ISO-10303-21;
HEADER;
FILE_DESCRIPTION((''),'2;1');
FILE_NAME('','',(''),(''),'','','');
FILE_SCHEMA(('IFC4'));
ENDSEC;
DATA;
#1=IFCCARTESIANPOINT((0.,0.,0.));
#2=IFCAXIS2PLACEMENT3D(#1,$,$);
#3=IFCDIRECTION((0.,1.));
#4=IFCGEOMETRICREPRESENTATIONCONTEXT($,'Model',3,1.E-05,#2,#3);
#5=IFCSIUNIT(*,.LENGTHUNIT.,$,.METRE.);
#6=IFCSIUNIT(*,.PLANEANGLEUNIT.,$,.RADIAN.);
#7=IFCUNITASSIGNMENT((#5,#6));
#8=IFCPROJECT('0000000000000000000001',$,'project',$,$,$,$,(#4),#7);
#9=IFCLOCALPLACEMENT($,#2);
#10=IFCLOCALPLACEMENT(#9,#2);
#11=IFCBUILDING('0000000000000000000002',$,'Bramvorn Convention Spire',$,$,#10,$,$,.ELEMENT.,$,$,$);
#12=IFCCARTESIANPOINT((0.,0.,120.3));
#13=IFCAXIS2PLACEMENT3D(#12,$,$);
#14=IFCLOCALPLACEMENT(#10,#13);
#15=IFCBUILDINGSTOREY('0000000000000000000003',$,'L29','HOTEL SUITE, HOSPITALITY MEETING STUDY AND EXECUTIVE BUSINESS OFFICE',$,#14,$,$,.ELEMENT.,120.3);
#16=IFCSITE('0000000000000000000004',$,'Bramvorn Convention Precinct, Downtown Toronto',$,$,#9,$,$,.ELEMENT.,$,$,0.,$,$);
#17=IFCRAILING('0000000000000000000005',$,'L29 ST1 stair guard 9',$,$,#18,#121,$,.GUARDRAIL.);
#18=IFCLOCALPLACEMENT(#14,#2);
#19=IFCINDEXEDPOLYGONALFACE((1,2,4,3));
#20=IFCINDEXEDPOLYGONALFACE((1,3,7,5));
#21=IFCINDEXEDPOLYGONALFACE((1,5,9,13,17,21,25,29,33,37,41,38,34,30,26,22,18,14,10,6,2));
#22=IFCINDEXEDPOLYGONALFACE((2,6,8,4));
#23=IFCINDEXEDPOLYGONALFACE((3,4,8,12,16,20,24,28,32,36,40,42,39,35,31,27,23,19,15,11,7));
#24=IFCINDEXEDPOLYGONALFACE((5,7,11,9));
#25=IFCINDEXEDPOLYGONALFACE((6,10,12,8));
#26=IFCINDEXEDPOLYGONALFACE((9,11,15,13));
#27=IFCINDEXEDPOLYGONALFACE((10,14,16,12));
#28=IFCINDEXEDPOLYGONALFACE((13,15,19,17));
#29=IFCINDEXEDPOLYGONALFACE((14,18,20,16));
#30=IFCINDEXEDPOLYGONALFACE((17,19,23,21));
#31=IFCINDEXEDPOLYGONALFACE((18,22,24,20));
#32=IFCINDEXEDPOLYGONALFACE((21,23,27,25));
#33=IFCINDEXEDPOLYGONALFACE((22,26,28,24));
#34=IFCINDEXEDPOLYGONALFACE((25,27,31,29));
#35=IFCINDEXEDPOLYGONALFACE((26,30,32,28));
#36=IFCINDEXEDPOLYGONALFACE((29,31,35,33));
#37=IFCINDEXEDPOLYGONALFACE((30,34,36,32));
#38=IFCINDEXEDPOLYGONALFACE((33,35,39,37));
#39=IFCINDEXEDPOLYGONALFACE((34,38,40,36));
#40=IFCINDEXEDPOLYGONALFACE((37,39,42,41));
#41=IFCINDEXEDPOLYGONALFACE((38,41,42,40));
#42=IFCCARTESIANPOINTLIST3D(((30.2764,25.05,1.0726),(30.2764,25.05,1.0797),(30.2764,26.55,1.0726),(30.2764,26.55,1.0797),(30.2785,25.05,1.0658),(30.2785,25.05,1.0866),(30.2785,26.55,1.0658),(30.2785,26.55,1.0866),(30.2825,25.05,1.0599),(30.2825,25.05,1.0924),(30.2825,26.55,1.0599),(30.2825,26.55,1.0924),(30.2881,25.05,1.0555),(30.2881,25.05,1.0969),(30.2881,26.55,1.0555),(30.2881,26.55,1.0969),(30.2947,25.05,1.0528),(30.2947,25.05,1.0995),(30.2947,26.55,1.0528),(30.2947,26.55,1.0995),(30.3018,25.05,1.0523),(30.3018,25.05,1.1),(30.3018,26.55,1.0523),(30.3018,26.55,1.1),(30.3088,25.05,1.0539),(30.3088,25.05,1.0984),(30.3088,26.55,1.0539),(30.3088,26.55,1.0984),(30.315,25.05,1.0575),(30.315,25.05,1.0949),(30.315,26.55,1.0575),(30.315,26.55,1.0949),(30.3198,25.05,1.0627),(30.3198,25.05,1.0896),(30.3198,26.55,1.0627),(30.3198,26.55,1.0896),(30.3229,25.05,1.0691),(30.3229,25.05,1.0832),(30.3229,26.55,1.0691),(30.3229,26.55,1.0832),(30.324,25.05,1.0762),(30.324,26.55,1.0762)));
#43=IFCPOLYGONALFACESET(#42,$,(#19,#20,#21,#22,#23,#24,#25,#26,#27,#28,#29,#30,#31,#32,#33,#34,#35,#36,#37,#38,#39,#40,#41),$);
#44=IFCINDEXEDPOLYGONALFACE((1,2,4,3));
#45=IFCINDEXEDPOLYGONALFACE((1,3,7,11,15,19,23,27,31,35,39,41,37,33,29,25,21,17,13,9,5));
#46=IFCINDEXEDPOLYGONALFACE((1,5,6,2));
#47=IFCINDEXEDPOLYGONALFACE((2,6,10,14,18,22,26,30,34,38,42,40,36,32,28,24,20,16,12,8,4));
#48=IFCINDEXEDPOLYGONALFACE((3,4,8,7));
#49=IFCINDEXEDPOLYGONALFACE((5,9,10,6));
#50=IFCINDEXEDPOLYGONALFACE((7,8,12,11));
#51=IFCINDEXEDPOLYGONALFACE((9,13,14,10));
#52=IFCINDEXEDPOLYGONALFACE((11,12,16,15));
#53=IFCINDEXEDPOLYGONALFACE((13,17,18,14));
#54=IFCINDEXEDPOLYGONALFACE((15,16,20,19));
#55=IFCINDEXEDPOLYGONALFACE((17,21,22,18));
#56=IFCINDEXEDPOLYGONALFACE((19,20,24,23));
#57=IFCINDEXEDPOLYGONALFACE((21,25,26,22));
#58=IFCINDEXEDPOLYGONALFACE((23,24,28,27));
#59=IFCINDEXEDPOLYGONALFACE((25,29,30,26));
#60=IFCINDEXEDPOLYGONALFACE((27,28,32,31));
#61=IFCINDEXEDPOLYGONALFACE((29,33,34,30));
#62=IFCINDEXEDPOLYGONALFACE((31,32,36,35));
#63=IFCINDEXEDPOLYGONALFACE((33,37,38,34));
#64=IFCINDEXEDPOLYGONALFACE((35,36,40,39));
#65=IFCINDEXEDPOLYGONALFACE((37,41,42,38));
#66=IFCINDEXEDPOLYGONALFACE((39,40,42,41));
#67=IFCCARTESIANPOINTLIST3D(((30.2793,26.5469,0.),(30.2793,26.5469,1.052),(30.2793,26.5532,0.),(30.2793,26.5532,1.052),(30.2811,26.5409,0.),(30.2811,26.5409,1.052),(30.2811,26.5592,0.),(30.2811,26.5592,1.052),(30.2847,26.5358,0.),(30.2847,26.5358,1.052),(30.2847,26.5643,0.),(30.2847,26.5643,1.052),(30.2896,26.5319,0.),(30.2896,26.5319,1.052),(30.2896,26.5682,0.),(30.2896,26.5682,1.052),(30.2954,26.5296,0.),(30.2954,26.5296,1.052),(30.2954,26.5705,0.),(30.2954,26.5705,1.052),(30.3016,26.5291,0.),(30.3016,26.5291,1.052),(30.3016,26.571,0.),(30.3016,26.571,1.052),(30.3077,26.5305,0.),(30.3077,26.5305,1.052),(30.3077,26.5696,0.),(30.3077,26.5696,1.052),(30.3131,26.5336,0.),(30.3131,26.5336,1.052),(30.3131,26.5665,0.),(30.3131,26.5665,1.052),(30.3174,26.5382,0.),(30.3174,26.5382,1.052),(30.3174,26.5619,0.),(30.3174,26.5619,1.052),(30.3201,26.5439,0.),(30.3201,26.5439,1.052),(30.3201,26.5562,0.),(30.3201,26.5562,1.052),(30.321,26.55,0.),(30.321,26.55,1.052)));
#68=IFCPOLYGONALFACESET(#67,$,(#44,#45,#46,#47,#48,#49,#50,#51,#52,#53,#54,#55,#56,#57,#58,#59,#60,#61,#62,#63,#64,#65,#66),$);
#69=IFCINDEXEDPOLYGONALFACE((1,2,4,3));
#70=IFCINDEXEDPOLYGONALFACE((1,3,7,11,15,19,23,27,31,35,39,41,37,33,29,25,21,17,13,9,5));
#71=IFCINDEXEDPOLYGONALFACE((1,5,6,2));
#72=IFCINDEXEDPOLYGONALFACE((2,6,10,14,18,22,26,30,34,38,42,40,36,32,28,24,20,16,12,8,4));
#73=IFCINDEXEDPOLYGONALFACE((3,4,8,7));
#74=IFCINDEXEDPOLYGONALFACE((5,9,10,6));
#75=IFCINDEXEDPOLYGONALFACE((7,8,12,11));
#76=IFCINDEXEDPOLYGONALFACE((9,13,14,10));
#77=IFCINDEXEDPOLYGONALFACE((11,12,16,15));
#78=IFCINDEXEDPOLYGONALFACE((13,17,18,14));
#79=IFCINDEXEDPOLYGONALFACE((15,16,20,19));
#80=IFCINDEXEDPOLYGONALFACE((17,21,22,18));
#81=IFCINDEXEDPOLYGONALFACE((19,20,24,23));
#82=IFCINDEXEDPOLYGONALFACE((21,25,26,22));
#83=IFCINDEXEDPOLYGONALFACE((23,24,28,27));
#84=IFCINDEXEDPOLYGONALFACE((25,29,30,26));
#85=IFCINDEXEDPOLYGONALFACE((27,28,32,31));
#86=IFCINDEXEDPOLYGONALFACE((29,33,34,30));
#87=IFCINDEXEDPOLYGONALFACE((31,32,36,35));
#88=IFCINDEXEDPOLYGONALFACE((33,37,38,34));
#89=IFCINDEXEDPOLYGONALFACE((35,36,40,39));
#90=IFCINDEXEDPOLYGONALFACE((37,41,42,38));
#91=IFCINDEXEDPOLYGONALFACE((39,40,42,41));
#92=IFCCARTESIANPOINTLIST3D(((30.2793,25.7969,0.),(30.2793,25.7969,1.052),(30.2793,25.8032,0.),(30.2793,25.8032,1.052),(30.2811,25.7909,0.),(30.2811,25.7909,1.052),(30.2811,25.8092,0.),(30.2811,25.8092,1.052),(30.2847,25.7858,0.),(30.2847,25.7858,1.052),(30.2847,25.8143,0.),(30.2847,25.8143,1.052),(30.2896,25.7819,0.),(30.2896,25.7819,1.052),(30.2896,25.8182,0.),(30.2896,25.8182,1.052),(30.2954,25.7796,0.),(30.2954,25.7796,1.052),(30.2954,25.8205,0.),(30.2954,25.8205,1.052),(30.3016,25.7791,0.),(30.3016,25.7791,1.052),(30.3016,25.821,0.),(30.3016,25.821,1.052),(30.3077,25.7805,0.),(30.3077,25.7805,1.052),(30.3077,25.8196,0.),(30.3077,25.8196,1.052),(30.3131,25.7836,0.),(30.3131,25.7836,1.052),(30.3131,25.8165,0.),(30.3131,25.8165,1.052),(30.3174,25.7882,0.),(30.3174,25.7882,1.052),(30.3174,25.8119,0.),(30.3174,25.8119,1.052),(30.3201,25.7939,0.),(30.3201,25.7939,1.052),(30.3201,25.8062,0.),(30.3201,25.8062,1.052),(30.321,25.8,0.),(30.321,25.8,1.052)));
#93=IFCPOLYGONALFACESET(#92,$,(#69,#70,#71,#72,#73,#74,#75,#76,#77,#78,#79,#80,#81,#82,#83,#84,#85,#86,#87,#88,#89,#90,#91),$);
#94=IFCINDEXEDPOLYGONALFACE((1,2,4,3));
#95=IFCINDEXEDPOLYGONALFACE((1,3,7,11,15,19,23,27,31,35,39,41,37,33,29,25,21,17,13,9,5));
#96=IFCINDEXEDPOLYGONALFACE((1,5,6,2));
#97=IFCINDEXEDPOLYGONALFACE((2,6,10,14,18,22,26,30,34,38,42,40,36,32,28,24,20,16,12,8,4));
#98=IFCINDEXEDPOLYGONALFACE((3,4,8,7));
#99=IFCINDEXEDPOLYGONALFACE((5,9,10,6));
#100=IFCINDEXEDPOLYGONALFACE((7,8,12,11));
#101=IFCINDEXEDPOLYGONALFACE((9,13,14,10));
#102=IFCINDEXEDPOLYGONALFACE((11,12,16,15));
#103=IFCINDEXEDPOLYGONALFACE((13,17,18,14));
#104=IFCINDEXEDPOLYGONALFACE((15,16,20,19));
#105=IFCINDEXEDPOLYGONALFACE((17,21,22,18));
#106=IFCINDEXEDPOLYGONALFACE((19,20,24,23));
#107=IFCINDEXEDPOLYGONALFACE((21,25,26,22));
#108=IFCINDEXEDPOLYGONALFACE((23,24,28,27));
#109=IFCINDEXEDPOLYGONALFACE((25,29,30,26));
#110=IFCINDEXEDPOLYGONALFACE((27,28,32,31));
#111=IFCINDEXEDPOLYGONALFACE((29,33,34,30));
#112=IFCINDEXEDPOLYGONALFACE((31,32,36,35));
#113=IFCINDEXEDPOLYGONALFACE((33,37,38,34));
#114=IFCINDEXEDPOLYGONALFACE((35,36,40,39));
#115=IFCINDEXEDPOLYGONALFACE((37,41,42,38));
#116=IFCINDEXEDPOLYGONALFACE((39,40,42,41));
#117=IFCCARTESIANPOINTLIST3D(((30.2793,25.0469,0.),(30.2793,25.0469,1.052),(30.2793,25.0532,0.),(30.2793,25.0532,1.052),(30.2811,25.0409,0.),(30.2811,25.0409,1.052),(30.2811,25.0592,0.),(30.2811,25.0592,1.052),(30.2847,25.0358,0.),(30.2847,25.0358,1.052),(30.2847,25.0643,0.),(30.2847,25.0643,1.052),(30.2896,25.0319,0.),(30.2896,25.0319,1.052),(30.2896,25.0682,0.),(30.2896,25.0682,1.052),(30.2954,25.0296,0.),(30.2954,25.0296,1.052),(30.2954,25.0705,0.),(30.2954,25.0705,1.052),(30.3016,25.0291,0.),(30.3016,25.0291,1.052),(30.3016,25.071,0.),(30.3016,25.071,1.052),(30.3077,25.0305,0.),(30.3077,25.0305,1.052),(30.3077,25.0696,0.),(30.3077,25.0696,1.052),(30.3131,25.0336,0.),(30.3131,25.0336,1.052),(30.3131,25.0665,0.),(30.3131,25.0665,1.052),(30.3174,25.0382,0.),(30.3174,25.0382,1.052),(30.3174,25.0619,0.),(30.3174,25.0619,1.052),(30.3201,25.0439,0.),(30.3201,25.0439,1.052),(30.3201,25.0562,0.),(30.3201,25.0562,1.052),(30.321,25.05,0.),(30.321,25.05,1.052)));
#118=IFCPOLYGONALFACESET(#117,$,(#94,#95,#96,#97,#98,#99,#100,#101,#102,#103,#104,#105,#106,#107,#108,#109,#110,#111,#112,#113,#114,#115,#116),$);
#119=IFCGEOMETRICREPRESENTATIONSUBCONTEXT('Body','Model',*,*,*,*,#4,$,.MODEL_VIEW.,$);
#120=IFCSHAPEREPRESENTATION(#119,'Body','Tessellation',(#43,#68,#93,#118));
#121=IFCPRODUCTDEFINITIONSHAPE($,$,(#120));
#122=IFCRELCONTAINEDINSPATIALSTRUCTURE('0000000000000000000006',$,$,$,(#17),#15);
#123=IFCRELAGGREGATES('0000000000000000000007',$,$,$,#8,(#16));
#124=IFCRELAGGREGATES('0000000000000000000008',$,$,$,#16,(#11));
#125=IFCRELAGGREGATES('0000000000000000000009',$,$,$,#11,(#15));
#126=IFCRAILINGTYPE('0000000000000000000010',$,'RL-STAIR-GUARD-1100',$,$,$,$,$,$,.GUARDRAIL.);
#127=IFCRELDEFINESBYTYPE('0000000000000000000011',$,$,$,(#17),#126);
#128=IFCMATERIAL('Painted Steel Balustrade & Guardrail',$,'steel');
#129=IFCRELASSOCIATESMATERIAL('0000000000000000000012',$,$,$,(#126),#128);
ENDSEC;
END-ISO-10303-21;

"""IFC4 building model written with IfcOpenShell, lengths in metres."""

from ifc_helpers import new_model, si_unit, direction, frame, origin, origin_2d, place, context, subcontext, project, spatial, circle, extrude, material, type_object, element, save


model = new_model("IFC4")

# Units and contexts
model_context = context("Model", 3, precision=1e-05, world=origin(), true_north=direction((0.0, 1.0)))
body_context = subcontext(model_context, "Body", "Model", "MODEL_VIEW")
ifc_project = project(units=[si_unit("LENGTHUNIT", "METRE"), si_unit("PLANEANGLEUNIT", "RADIAN")], contexts=[model_context])

# Site, building, storey
site_placement = place(None, origin())
site = spatial("IfcSite", under=ifc_project, at=site_placement, Name="Bramvorn Convention Precinct, Downtown Toronto", CompositionType="ELEMENT", RefElevation=0.0)
building_placement = place(site_placement, origin())
building = spatial("IfcBuilding", under=site, at=building_placement, Name="Bramvorn Convention Spire", CompositionType="ELEMENT")
storey_placement = place(building_placement, frame((0.0, 0.0, 120.3)))
storey = spatial("IfcBuildingStorey", under=building, at=storey_placement, Name="L29", Description="HOTEL SUITE, HOSPITALITY MEETING STUDY AND EXECUTIVE BUSINESS OFFICE", CompositionType="ELEMENT", Elevation=120.3)

# Railing
ifc_material_1 = material(Name="Painted Steel Balustrade & Guardrail", Category="steel")
railing_type = type_object("IfcRailingType", Name="RL-STAIR-GUARD-1100", PredefinedType="GUARDRAIL", material=ifc_material_1)
for number, where, name in (
    (1, (30.3, 26.55, 0.0), "L29 ST1 stair guard 9"),
):
    element("IfcRailing", number, at=place(storey_placement, frame(where)), inside=storey, type_object=railing_type, Name=name, PredefinedType="GUARDRAIL", context=body_context, shape_type="SweptSolid", body=[
        extrude(circle(Radius=0.0239, at=origin_2d()), frame((0.0, 0.0, 1.0762), z_axis=(0.0, -1.0, 0.0), x_axis=(1.0, 0.0, 0.0)), (0.0, 0.0, 1.0), 1.5),
        extrude(circle(Radius=0.021, at=origin_2d()), origin(), (0.0, 0.0, 1.0), 1.052),
        extrude(circle(Radius=0.021, at=origin_2d()), frame((0.0, -0.75, 0.0)), (0.0, 0.0, 1.0), 1.052),
        extrude(circle(Radius=0.021, at=origin_2d()), frame((0.0, -1.5, 0.0)), (0.0, 0.0, 1.0), 1.052),
    ])

save(model, "model.ifc")
